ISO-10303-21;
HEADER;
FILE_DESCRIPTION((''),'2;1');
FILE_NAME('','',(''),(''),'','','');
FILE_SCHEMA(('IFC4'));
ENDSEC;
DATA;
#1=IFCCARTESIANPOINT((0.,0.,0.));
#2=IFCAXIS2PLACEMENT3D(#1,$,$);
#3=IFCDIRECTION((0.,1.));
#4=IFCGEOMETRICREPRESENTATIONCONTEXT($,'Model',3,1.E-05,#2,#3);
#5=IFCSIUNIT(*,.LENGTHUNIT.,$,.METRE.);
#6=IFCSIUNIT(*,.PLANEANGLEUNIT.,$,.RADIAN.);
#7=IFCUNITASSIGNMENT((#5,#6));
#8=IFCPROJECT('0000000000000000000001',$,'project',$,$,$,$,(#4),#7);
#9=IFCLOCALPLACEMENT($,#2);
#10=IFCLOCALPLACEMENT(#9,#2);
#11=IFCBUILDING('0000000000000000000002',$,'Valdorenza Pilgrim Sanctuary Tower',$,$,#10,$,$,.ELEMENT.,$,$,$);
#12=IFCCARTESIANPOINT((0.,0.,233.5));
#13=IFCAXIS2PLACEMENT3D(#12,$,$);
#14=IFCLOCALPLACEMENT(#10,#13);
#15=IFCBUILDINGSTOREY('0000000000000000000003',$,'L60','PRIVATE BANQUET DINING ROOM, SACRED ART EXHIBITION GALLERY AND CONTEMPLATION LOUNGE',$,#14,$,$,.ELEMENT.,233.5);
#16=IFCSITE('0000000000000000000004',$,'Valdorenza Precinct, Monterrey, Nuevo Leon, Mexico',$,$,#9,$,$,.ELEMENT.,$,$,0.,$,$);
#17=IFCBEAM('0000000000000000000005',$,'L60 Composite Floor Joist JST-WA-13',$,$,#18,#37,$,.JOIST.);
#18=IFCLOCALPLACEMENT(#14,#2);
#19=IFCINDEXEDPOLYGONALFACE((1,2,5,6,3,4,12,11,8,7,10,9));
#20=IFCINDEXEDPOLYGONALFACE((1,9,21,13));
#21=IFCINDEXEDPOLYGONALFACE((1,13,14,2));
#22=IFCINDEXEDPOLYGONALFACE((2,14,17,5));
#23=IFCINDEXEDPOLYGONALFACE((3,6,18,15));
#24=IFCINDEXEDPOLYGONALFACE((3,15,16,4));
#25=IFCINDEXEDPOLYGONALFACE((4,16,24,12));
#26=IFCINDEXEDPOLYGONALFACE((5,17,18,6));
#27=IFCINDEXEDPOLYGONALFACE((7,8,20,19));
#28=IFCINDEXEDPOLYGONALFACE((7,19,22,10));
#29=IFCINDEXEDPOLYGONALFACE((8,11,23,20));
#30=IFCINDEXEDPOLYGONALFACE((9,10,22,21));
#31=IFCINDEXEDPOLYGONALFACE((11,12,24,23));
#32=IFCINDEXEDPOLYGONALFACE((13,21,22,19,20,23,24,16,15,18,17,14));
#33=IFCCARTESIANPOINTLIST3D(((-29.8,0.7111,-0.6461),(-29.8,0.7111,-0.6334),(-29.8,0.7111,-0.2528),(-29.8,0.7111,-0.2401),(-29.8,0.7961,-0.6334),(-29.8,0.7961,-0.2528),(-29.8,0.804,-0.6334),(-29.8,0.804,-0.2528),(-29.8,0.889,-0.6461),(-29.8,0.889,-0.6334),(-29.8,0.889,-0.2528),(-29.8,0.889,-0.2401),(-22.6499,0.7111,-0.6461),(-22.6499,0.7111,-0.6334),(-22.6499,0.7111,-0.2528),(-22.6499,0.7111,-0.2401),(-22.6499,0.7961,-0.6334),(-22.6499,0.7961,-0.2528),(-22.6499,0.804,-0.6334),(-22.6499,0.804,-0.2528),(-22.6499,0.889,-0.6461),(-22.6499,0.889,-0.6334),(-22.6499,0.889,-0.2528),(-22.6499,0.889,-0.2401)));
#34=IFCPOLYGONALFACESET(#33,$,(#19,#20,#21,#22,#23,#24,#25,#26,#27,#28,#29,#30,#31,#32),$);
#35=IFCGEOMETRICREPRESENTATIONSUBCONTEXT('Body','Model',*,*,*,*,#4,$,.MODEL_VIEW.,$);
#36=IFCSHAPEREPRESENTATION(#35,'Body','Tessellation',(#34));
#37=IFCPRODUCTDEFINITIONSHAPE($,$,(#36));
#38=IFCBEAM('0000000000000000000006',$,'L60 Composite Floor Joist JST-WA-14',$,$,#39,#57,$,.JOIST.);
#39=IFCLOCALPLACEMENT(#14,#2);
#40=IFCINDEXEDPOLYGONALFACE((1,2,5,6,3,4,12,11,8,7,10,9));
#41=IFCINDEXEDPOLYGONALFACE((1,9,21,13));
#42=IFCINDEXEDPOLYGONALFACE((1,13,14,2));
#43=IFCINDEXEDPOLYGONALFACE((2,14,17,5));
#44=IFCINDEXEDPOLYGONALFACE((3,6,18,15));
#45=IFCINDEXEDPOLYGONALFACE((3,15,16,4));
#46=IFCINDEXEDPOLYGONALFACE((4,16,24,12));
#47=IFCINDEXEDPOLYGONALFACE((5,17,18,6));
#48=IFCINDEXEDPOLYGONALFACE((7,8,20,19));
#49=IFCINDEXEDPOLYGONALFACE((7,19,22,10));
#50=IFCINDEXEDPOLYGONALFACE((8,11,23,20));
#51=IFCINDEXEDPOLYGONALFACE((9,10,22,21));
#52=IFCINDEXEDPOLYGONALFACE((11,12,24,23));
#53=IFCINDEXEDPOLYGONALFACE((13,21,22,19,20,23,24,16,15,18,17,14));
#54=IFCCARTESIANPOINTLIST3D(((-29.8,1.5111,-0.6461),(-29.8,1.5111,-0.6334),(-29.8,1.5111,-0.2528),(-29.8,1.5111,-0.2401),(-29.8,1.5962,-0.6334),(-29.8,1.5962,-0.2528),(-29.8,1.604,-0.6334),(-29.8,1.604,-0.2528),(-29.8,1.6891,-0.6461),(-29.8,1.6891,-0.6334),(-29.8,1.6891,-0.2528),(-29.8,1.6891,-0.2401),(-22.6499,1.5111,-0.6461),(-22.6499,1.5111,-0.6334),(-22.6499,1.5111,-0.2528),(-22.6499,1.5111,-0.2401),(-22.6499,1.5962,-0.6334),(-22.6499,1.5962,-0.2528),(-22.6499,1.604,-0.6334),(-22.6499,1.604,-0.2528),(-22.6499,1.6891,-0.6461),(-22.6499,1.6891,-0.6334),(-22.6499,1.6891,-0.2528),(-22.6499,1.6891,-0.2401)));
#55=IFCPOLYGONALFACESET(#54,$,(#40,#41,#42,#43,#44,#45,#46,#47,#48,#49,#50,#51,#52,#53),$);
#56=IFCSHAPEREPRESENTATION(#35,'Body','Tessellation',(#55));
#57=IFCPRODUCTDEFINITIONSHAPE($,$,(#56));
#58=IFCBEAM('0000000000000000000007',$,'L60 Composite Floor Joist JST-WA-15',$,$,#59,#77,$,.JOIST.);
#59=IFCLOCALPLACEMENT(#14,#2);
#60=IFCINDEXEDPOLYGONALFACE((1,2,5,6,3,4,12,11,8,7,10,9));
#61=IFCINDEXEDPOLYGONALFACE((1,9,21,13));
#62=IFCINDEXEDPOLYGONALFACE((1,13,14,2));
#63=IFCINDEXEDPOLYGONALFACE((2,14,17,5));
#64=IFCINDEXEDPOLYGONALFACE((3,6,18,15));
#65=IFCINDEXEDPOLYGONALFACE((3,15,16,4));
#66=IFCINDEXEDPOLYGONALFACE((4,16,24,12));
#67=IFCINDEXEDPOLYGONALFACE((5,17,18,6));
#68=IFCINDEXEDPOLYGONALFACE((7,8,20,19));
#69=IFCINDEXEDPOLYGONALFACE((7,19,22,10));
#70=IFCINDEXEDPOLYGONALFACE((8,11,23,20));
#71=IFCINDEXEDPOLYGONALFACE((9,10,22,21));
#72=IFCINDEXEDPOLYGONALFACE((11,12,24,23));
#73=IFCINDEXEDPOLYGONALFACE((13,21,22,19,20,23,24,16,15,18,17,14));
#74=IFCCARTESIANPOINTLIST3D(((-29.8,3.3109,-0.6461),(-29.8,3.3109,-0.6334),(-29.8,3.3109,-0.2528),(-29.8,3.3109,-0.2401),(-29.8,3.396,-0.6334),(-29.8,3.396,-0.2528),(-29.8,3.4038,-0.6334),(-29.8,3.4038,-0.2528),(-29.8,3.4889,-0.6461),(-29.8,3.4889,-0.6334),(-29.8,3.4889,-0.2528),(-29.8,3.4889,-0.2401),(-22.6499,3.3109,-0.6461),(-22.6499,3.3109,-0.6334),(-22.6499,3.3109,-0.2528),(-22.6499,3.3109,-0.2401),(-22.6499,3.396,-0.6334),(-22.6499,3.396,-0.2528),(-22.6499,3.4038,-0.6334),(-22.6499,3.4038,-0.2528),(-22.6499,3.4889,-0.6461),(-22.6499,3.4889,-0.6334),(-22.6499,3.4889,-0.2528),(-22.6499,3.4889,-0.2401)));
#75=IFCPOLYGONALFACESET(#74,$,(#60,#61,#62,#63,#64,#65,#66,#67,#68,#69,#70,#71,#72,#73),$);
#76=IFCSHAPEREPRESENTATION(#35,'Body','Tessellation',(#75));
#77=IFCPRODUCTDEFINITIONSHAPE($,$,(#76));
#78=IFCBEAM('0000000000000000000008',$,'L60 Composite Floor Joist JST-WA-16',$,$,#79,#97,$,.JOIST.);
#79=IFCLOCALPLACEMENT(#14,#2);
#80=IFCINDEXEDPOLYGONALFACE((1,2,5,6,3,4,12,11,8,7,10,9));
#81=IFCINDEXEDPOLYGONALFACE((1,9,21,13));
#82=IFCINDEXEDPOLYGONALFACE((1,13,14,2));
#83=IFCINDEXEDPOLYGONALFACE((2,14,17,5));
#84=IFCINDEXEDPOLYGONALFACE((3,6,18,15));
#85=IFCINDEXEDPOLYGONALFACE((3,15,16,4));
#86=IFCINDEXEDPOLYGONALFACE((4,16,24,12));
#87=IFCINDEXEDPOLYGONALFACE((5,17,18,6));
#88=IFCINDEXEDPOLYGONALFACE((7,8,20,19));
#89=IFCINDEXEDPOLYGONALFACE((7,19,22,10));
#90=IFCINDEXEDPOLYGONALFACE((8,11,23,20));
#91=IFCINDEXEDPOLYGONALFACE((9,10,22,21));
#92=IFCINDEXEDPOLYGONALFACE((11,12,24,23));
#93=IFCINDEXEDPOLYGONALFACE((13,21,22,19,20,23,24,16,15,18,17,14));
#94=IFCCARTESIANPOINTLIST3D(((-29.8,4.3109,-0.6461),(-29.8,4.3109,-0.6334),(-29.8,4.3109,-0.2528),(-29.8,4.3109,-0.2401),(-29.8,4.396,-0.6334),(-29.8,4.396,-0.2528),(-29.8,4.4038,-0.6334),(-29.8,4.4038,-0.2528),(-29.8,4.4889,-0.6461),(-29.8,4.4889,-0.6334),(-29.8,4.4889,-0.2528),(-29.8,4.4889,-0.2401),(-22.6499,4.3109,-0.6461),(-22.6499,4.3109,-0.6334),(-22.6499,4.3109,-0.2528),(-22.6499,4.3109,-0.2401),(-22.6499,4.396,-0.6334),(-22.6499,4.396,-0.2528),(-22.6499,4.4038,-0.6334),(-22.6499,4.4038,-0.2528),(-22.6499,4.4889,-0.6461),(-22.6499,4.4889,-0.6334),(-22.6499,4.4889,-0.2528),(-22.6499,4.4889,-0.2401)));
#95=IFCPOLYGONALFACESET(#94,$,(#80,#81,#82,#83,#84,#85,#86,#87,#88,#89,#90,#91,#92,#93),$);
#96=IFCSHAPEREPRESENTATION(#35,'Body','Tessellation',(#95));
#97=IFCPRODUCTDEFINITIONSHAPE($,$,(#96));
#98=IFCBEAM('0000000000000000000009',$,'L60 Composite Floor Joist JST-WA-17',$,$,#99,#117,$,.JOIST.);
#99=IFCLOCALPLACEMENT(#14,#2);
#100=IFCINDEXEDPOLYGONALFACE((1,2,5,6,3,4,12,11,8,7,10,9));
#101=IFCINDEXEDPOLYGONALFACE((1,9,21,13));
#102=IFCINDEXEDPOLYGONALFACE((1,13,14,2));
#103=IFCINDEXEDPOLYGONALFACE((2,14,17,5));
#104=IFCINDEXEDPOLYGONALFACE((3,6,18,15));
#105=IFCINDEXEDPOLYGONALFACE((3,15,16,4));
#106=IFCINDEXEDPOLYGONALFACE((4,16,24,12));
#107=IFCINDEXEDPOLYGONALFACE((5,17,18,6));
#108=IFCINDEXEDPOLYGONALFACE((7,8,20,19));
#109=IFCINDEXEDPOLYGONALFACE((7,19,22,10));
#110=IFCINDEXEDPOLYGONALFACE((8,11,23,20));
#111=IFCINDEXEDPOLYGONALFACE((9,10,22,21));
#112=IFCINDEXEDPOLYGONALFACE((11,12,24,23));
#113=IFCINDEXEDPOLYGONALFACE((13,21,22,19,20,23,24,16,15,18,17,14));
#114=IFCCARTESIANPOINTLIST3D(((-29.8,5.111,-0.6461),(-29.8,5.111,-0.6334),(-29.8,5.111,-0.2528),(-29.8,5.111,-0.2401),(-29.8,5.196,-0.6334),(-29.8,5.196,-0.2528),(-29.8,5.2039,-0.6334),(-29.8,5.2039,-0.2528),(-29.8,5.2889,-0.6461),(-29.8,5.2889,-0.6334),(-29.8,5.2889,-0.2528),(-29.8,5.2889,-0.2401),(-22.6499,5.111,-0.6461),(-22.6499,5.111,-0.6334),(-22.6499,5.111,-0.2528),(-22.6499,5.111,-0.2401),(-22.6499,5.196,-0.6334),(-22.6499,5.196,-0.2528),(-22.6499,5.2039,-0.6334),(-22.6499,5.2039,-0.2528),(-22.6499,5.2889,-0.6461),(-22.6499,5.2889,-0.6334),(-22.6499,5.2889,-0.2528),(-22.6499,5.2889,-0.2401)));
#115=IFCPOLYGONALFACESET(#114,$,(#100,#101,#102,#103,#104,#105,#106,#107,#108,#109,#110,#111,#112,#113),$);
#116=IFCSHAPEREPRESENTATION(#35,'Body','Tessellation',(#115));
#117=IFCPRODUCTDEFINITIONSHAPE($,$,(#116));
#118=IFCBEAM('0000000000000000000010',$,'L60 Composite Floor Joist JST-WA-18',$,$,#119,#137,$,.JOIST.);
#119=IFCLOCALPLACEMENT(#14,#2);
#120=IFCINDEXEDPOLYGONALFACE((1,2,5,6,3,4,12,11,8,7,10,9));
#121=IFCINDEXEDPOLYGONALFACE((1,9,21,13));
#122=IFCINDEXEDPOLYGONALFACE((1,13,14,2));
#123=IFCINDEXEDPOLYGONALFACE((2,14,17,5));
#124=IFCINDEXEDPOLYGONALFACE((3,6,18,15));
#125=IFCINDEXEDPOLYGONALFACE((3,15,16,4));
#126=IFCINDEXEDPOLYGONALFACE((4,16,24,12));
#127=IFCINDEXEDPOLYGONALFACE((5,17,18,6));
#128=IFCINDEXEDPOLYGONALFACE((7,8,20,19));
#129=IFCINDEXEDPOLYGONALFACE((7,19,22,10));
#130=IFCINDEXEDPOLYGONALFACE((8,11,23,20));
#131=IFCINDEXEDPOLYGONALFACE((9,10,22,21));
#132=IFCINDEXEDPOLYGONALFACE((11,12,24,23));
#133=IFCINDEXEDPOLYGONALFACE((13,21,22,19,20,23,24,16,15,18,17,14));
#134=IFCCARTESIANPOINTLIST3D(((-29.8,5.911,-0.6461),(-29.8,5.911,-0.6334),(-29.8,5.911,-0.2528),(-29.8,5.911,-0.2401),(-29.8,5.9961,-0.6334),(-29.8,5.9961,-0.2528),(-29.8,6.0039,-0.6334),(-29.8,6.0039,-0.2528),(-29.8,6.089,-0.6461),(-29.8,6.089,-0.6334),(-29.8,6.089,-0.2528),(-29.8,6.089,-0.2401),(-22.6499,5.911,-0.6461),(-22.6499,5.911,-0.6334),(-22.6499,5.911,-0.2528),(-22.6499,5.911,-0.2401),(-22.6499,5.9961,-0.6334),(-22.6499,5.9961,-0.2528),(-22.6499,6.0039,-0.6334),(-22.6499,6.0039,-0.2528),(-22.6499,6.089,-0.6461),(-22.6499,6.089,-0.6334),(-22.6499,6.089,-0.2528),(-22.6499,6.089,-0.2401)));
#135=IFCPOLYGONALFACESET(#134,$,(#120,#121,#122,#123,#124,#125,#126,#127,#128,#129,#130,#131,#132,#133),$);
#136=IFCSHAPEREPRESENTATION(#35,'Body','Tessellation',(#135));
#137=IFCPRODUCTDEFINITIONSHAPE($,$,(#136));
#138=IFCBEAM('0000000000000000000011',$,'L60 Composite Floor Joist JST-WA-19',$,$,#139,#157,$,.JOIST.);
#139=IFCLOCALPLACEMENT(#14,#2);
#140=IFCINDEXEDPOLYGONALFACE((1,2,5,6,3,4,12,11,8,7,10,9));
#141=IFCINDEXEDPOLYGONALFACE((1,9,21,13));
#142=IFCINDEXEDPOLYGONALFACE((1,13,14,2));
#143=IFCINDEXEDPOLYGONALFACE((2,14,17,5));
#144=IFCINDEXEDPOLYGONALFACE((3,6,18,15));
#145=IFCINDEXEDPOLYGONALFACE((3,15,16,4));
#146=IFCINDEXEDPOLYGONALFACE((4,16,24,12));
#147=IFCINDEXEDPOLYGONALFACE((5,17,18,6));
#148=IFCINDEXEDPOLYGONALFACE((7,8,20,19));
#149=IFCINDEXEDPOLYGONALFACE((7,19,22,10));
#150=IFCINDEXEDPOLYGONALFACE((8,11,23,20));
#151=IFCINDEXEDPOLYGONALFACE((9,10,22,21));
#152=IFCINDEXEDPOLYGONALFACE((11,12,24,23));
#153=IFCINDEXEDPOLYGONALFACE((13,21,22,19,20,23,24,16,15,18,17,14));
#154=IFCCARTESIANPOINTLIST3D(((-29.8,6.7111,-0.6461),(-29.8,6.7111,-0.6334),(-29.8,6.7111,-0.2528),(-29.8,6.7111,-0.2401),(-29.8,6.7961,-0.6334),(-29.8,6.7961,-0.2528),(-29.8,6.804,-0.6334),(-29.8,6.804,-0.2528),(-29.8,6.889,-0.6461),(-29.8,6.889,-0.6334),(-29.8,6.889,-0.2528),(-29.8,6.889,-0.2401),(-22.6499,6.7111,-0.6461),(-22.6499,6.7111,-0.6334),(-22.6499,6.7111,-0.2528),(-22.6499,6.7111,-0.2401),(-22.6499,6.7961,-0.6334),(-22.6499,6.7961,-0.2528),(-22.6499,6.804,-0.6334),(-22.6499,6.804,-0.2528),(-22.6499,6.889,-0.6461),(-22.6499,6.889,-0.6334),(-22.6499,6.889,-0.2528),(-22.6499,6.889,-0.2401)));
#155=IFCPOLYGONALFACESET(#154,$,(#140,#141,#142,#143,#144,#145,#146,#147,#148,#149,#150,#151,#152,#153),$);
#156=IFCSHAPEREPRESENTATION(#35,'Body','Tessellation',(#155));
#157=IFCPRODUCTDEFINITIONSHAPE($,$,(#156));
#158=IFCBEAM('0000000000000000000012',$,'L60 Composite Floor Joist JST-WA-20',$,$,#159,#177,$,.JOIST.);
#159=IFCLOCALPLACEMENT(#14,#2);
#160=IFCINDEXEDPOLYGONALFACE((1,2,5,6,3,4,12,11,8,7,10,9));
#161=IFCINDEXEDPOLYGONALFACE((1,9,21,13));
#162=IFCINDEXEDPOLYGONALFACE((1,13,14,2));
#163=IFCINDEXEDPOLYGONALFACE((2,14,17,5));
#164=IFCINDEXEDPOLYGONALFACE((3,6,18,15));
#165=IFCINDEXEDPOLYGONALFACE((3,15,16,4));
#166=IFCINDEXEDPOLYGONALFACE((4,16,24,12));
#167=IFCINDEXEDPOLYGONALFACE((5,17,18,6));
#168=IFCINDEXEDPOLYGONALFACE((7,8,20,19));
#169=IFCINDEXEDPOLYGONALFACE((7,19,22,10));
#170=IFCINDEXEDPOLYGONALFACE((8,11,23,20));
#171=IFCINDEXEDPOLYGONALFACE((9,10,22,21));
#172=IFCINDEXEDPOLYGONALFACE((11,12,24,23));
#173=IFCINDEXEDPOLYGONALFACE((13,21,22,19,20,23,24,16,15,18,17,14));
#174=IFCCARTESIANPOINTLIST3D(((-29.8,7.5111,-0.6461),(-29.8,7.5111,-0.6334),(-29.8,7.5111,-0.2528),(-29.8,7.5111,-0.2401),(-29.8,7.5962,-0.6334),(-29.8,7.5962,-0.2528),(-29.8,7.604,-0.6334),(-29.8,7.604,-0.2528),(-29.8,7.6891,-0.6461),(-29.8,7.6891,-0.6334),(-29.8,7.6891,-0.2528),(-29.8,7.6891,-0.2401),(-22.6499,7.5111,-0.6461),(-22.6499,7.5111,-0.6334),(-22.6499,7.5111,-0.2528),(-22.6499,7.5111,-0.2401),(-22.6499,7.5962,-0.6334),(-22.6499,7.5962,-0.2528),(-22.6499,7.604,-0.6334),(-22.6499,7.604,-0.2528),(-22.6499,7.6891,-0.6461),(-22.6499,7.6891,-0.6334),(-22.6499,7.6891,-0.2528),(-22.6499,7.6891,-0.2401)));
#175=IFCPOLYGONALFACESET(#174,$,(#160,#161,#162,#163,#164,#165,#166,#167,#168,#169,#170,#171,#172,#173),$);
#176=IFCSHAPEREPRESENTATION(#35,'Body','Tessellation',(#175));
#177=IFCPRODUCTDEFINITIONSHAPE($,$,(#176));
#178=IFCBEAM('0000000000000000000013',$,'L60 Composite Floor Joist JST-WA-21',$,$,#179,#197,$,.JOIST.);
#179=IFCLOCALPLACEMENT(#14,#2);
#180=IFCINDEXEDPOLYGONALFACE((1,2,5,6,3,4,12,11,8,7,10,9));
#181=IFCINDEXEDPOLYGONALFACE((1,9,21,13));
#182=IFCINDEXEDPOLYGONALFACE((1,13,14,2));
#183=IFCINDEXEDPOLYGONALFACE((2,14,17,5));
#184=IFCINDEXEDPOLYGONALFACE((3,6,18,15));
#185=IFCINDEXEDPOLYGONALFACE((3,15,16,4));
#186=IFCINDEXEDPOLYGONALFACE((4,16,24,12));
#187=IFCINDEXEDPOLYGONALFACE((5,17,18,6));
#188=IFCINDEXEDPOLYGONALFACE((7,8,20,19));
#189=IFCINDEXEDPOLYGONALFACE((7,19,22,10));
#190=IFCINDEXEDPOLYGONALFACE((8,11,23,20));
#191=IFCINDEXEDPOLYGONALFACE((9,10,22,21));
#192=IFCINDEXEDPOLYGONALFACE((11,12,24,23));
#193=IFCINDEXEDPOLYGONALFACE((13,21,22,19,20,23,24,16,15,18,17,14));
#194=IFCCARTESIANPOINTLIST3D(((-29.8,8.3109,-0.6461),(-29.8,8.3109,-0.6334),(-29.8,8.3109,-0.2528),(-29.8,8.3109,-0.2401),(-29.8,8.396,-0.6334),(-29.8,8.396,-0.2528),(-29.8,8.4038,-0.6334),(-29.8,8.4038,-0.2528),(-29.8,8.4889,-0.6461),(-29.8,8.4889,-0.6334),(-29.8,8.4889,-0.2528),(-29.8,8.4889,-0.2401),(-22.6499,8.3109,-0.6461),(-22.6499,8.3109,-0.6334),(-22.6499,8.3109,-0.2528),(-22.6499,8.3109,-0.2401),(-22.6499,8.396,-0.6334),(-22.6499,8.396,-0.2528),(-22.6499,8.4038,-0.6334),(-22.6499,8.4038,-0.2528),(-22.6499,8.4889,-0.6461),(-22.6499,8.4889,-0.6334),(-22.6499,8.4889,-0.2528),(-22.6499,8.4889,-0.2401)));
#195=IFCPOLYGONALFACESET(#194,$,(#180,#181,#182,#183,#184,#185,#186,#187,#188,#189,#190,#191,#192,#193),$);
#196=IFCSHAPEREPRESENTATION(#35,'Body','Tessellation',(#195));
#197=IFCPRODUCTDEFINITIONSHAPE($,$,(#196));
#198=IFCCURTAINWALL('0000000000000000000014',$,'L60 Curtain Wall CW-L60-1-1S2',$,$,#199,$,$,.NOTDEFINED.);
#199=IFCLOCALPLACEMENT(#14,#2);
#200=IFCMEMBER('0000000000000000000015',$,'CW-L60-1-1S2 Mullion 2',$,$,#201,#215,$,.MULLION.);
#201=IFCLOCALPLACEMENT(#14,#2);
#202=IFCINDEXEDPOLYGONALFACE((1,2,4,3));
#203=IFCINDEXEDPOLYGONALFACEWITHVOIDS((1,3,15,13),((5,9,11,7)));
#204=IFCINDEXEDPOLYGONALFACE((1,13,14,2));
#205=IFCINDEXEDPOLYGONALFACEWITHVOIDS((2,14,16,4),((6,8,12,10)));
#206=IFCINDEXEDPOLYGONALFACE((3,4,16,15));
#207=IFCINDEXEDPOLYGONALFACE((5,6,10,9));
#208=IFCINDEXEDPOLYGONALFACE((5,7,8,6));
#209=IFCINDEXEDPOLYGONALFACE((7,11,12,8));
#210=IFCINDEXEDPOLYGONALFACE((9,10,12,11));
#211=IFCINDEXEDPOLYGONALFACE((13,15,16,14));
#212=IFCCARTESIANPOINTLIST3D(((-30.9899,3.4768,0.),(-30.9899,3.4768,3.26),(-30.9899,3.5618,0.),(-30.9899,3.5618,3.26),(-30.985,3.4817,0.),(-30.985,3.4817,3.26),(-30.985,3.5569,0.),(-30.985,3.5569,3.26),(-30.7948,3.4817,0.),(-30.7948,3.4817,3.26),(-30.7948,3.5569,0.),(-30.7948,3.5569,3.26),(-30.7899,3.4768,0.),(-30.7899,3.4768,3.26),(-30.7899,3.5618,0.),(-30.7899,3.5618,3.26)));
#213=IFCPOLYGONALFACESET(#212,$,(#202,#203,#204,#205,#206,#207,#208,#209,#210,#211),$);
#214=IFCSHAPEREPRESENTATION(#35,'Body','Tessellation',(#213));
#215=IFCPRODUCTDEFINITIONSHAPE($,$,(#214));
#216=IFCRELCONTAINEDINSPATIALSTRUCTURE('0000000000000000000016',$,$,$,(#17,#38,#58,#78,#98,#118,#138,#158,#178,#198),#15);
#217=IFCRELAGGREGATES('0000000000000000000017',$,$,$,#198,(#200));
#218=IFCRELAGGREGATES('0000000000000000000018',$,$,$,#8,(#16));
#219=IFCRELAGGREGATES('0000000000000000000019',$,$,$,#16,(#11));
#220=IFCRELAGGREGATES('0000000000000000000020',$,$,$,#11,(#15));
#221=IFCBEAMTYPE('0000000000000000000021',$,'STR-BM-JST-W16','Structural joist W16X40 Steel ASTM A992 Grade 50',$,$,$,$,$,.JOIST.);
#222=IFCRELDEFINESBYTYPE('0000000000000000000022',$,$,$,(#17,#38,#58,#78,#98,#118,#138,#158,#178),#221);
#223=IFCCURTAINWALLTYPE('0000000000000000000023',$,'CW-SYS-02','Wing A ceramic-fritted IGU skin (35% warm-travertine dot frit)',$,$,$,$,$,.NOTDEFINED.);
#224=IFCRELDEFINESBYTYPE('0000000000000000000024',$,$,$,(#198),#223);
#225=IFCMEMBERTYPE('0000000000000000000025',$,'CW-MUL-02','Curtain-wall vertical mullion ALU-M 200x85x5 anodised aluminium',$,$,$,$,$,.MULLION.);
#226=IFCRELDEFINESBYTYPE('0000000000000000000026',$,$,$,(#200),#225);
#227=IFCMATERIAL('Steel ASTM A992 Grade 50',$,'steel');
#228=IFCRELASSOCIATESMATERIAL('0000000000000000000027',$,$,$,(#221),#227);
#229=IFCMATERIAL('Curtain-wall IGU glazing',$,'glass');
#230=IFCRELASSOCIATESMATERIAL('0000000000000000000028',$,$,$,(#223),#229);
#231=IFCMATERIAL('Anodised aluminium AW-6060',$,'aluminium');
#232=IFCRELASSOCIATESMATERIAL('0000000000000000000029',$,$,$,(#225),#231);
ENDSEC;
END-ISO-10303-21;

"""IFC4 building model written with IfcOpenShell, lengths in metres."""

from ifc_helpers import new_model, si_unit, direction, frame, origin, origin_2d, place, context, subcontext, project, spatial, hollow_rectangle, i_section, extrude, source, transform, mapped, material, material_profile, profile_set, type_object, element, aggregate, save


model = new_model("IFC4")

# Units and contexts
model_context = context("Model", 3, precision=1e-05, world=origin(), true_north=direction((0.0, 1.0)))
body_context = subcontext(model_context, "Body", "Model", "MODEL_VIEW")
ifc_project = project(units=[si_unit("LENGTHUNIT", "METRE"), si_unit("PLANEANGLEUNIT", "RADIAN")], contexts=[model_context])

# Site, building, storey
site_placement = place(None, origin())
site = spatial("IfcSite", under=ifc_project, at=site_placement, Name="Valdorenza Precinct, Monterrey, Nuevo Leon, Mexico", CompositionType="ELEMENT", RefElevation=0.0)
building_placement = place(site_placement, origin())
building = spatial("IfcBuilding", under=site, at=building_placement, Name="Valdorenza Pilgrim Sanctuary Tower", CompositionType="ELEMENT")
storey_placement = place(building_placement, frame((0.0, 0.0, 233.5)))
storey = spatial("IfcBuildingStorey", under=building, at=storey_placement, Name="L60", Description="PRIVATE BANQUET DINING ROOM, SACRED ART EXHIBITION GALLERY AND CONTEMPLATION LOUNGE", CompositionType="ELEMENT", Elevation=233.5)

# Beams
ifc_material_1 = material(Name="Steel ASTM A992 Grade 50", Category="steel")
ifc_material_profile_1 = material_profile(ifc_material_1, i_section(OverallWidth=0.178, OverallDepth=0.406, WebThickness=0.0078, FlangeThickness=0.0127, at=origin_2d()), Name="W16X40")
ifc_profile_set_1 = profile_set([ifc_material_profile_1], Name="Steel ASTM A992 Grade 50")
beam_type = type_object("IfcBeamType", Name="STR-BM-JST-W16", Description="Structural joist W16X40 Steel ASTM A992 Grade 50", PredefinedType="JOIST", material=ifc_profile_set_1)
shared_shape_1 = source(origin(), body_context, "Body", "SweptSolid", [
    extrude(i_section(OverallWidth=0.178, OverallDepth=0.406, WebThickness=0.0078, FlangeThickness=0.0127, at=origin_2d()), origin(), (0.0, 0.0, 1.0), 7.1501),
])
for number, where, z_axis, x_axis, name in (
    (1, (-29.8, 0.8, -0.4431), (1.0, 0.0, 0.0), (0.0, 1.0, 0.0), "L60 Composite Floor Joist JST-WA-13"),
    (2, (-29.8, 1.6001, -0.4431), (1.0, 0.0, 0.0), (0.0, 1.0, 0.0), "L60 Composite Floor Joist JST-WA-14"),
    (3, (-29.8, 3.3999, -0.4431), (1.0, 0.0, 0.0), (0.0, 1.0, 0.0), "L60 Composite Floor Joist JST-WA-15"),
    (4, (-29.8, 4.3999, -0.4431), (1.0, 0.0, 0.0), (0.0, 1.0, 0.0), "L60 Composite Floor Joist JST-WA-16"),
    (5, (-29.8, 5.2, -0.4431), (1.0, 0.0, 0.0), (0.0, 1.0, 0.0), "L60 Composite Floor Joist JST-WA-17"),
    (6, (-29.8, 6.0, -0.4431), (1.0, 0.0, 0.0), (0.0, 1.0, 0.0), "L60 Composite Floor Joist JST-WA-18"),
    (7, (-29.8, 6.8, -0.4431), (1.0, 0.0, 0.0), (0.0, 1.0, 0.0), "L60 Composite Floor Joist JST-WA-19"),
    (8, (-29.8, 7.6001, -0.4431), (1.0, 0.0, 0.0), (0.0, 1.0, 0.0), "L60 Composite Floor Joist JST-WA-20"),
    (9, (-29.8, 8.3999, -0.4431), (1.0, 0.0, 0.0), (0.0, 1.0, 0.0), "L60 Composite Floor Joist JST-WA-21"),
):
    element("IfcBeam", number, at=place(storey_placement, frame(where, z_axis=z_axis, x_axis=x_axis)), inside=storey, type_object=beam_type, Name=name, PredefinedType="JOIST", context=body_context, shape_type="MappedRepresentation", body=[
        mapped(shared_shape_1, transform((0.0, 0.0, 0.0), x_axis=(1.0, 0.0, 0.0), y_axis=(0.0, 1.0, 0.0), z_axis=(0.0, 0.0, 1.0), scale=1.0)),
    ])

# Curtain wall, member
ifc_material_2 = material(Name="Curtain-wall IGU glazing", Category="glass")
curtain_wall_type = type_object("IfcCurtainWallType", Name="CW-SYS-02", Description="Wing A ceramic-fritted IGU skin (35% warm-travertine dot frit)", PredefinedType="NOTDEFINED", material=ifc_material_2)
curtain_wall_placement = place(storey_placement, origin())
curtain_wall = element("IfcCurtainWall", 10, at=curtain_wall_placement, inside=storey, type_object=curtain_wall_type, Name="L60 Curtain Wall CW-L60-1-1S2", PredefinedType="NOTDEFINED")
ifc_material_3 = material(Name="Anodised aluminium AW-6060", Category="aluminium")
ifc_material_profile_2 = material_profile(ifc_material_3, hollow_rectangle(XDim=0.085, YDim=0.2, WallThickness=0.0049, at=origin_2d()), Name="ALU-M 200x85x5")
ifc_profile_set_2 = profile_set([ifc_material_profile_2], Name="Anodised aluminium AW-6060")
member_type = type_object("IfcMemberType", Name="CW-MUL-02", Description="Curtain-wall vertical mullion ALU-M 200x85x5 anodised aluminium", PredefinedType="MULLION", material=ifc_profile_set_2)
shared_shape_2 = source(origin(), body_context, "Body", "SweptSolid", [
    extrude(hollow_rectangle(XDim=0.085, YDim=0.2, WallThickness=0.0049, at=origin_2d()), origin(), (0.0, 0.0, 1.0), 3.26),
])
member_placement = place(storey_placement, frame((-30.8899, 3.5193, 0.0), z_axis=(0.0, 0.0, 1.0), x_axis=(0.0, 1.0, 0.0)))
member = element("IfcMember", 11, at=member_placement, type_object=member_type, Name="CW-L60-1-1S2 Mullion 2", PredefinedType="MULLION", context=body_context, shape_type="MappedRepresentation", body=[
    mapped(shared_shape_2, transform((0.0, 0.0, 0.0), x_axis=(1.0, 0.0, 0.0), y_axis=(0.0, 1.0, 0.0), z_axis=(0.0, 0.0, 1.0), scale=1.0)),
])
aggregate(curtain_wall, [member])

save(model, "model.ifc")
